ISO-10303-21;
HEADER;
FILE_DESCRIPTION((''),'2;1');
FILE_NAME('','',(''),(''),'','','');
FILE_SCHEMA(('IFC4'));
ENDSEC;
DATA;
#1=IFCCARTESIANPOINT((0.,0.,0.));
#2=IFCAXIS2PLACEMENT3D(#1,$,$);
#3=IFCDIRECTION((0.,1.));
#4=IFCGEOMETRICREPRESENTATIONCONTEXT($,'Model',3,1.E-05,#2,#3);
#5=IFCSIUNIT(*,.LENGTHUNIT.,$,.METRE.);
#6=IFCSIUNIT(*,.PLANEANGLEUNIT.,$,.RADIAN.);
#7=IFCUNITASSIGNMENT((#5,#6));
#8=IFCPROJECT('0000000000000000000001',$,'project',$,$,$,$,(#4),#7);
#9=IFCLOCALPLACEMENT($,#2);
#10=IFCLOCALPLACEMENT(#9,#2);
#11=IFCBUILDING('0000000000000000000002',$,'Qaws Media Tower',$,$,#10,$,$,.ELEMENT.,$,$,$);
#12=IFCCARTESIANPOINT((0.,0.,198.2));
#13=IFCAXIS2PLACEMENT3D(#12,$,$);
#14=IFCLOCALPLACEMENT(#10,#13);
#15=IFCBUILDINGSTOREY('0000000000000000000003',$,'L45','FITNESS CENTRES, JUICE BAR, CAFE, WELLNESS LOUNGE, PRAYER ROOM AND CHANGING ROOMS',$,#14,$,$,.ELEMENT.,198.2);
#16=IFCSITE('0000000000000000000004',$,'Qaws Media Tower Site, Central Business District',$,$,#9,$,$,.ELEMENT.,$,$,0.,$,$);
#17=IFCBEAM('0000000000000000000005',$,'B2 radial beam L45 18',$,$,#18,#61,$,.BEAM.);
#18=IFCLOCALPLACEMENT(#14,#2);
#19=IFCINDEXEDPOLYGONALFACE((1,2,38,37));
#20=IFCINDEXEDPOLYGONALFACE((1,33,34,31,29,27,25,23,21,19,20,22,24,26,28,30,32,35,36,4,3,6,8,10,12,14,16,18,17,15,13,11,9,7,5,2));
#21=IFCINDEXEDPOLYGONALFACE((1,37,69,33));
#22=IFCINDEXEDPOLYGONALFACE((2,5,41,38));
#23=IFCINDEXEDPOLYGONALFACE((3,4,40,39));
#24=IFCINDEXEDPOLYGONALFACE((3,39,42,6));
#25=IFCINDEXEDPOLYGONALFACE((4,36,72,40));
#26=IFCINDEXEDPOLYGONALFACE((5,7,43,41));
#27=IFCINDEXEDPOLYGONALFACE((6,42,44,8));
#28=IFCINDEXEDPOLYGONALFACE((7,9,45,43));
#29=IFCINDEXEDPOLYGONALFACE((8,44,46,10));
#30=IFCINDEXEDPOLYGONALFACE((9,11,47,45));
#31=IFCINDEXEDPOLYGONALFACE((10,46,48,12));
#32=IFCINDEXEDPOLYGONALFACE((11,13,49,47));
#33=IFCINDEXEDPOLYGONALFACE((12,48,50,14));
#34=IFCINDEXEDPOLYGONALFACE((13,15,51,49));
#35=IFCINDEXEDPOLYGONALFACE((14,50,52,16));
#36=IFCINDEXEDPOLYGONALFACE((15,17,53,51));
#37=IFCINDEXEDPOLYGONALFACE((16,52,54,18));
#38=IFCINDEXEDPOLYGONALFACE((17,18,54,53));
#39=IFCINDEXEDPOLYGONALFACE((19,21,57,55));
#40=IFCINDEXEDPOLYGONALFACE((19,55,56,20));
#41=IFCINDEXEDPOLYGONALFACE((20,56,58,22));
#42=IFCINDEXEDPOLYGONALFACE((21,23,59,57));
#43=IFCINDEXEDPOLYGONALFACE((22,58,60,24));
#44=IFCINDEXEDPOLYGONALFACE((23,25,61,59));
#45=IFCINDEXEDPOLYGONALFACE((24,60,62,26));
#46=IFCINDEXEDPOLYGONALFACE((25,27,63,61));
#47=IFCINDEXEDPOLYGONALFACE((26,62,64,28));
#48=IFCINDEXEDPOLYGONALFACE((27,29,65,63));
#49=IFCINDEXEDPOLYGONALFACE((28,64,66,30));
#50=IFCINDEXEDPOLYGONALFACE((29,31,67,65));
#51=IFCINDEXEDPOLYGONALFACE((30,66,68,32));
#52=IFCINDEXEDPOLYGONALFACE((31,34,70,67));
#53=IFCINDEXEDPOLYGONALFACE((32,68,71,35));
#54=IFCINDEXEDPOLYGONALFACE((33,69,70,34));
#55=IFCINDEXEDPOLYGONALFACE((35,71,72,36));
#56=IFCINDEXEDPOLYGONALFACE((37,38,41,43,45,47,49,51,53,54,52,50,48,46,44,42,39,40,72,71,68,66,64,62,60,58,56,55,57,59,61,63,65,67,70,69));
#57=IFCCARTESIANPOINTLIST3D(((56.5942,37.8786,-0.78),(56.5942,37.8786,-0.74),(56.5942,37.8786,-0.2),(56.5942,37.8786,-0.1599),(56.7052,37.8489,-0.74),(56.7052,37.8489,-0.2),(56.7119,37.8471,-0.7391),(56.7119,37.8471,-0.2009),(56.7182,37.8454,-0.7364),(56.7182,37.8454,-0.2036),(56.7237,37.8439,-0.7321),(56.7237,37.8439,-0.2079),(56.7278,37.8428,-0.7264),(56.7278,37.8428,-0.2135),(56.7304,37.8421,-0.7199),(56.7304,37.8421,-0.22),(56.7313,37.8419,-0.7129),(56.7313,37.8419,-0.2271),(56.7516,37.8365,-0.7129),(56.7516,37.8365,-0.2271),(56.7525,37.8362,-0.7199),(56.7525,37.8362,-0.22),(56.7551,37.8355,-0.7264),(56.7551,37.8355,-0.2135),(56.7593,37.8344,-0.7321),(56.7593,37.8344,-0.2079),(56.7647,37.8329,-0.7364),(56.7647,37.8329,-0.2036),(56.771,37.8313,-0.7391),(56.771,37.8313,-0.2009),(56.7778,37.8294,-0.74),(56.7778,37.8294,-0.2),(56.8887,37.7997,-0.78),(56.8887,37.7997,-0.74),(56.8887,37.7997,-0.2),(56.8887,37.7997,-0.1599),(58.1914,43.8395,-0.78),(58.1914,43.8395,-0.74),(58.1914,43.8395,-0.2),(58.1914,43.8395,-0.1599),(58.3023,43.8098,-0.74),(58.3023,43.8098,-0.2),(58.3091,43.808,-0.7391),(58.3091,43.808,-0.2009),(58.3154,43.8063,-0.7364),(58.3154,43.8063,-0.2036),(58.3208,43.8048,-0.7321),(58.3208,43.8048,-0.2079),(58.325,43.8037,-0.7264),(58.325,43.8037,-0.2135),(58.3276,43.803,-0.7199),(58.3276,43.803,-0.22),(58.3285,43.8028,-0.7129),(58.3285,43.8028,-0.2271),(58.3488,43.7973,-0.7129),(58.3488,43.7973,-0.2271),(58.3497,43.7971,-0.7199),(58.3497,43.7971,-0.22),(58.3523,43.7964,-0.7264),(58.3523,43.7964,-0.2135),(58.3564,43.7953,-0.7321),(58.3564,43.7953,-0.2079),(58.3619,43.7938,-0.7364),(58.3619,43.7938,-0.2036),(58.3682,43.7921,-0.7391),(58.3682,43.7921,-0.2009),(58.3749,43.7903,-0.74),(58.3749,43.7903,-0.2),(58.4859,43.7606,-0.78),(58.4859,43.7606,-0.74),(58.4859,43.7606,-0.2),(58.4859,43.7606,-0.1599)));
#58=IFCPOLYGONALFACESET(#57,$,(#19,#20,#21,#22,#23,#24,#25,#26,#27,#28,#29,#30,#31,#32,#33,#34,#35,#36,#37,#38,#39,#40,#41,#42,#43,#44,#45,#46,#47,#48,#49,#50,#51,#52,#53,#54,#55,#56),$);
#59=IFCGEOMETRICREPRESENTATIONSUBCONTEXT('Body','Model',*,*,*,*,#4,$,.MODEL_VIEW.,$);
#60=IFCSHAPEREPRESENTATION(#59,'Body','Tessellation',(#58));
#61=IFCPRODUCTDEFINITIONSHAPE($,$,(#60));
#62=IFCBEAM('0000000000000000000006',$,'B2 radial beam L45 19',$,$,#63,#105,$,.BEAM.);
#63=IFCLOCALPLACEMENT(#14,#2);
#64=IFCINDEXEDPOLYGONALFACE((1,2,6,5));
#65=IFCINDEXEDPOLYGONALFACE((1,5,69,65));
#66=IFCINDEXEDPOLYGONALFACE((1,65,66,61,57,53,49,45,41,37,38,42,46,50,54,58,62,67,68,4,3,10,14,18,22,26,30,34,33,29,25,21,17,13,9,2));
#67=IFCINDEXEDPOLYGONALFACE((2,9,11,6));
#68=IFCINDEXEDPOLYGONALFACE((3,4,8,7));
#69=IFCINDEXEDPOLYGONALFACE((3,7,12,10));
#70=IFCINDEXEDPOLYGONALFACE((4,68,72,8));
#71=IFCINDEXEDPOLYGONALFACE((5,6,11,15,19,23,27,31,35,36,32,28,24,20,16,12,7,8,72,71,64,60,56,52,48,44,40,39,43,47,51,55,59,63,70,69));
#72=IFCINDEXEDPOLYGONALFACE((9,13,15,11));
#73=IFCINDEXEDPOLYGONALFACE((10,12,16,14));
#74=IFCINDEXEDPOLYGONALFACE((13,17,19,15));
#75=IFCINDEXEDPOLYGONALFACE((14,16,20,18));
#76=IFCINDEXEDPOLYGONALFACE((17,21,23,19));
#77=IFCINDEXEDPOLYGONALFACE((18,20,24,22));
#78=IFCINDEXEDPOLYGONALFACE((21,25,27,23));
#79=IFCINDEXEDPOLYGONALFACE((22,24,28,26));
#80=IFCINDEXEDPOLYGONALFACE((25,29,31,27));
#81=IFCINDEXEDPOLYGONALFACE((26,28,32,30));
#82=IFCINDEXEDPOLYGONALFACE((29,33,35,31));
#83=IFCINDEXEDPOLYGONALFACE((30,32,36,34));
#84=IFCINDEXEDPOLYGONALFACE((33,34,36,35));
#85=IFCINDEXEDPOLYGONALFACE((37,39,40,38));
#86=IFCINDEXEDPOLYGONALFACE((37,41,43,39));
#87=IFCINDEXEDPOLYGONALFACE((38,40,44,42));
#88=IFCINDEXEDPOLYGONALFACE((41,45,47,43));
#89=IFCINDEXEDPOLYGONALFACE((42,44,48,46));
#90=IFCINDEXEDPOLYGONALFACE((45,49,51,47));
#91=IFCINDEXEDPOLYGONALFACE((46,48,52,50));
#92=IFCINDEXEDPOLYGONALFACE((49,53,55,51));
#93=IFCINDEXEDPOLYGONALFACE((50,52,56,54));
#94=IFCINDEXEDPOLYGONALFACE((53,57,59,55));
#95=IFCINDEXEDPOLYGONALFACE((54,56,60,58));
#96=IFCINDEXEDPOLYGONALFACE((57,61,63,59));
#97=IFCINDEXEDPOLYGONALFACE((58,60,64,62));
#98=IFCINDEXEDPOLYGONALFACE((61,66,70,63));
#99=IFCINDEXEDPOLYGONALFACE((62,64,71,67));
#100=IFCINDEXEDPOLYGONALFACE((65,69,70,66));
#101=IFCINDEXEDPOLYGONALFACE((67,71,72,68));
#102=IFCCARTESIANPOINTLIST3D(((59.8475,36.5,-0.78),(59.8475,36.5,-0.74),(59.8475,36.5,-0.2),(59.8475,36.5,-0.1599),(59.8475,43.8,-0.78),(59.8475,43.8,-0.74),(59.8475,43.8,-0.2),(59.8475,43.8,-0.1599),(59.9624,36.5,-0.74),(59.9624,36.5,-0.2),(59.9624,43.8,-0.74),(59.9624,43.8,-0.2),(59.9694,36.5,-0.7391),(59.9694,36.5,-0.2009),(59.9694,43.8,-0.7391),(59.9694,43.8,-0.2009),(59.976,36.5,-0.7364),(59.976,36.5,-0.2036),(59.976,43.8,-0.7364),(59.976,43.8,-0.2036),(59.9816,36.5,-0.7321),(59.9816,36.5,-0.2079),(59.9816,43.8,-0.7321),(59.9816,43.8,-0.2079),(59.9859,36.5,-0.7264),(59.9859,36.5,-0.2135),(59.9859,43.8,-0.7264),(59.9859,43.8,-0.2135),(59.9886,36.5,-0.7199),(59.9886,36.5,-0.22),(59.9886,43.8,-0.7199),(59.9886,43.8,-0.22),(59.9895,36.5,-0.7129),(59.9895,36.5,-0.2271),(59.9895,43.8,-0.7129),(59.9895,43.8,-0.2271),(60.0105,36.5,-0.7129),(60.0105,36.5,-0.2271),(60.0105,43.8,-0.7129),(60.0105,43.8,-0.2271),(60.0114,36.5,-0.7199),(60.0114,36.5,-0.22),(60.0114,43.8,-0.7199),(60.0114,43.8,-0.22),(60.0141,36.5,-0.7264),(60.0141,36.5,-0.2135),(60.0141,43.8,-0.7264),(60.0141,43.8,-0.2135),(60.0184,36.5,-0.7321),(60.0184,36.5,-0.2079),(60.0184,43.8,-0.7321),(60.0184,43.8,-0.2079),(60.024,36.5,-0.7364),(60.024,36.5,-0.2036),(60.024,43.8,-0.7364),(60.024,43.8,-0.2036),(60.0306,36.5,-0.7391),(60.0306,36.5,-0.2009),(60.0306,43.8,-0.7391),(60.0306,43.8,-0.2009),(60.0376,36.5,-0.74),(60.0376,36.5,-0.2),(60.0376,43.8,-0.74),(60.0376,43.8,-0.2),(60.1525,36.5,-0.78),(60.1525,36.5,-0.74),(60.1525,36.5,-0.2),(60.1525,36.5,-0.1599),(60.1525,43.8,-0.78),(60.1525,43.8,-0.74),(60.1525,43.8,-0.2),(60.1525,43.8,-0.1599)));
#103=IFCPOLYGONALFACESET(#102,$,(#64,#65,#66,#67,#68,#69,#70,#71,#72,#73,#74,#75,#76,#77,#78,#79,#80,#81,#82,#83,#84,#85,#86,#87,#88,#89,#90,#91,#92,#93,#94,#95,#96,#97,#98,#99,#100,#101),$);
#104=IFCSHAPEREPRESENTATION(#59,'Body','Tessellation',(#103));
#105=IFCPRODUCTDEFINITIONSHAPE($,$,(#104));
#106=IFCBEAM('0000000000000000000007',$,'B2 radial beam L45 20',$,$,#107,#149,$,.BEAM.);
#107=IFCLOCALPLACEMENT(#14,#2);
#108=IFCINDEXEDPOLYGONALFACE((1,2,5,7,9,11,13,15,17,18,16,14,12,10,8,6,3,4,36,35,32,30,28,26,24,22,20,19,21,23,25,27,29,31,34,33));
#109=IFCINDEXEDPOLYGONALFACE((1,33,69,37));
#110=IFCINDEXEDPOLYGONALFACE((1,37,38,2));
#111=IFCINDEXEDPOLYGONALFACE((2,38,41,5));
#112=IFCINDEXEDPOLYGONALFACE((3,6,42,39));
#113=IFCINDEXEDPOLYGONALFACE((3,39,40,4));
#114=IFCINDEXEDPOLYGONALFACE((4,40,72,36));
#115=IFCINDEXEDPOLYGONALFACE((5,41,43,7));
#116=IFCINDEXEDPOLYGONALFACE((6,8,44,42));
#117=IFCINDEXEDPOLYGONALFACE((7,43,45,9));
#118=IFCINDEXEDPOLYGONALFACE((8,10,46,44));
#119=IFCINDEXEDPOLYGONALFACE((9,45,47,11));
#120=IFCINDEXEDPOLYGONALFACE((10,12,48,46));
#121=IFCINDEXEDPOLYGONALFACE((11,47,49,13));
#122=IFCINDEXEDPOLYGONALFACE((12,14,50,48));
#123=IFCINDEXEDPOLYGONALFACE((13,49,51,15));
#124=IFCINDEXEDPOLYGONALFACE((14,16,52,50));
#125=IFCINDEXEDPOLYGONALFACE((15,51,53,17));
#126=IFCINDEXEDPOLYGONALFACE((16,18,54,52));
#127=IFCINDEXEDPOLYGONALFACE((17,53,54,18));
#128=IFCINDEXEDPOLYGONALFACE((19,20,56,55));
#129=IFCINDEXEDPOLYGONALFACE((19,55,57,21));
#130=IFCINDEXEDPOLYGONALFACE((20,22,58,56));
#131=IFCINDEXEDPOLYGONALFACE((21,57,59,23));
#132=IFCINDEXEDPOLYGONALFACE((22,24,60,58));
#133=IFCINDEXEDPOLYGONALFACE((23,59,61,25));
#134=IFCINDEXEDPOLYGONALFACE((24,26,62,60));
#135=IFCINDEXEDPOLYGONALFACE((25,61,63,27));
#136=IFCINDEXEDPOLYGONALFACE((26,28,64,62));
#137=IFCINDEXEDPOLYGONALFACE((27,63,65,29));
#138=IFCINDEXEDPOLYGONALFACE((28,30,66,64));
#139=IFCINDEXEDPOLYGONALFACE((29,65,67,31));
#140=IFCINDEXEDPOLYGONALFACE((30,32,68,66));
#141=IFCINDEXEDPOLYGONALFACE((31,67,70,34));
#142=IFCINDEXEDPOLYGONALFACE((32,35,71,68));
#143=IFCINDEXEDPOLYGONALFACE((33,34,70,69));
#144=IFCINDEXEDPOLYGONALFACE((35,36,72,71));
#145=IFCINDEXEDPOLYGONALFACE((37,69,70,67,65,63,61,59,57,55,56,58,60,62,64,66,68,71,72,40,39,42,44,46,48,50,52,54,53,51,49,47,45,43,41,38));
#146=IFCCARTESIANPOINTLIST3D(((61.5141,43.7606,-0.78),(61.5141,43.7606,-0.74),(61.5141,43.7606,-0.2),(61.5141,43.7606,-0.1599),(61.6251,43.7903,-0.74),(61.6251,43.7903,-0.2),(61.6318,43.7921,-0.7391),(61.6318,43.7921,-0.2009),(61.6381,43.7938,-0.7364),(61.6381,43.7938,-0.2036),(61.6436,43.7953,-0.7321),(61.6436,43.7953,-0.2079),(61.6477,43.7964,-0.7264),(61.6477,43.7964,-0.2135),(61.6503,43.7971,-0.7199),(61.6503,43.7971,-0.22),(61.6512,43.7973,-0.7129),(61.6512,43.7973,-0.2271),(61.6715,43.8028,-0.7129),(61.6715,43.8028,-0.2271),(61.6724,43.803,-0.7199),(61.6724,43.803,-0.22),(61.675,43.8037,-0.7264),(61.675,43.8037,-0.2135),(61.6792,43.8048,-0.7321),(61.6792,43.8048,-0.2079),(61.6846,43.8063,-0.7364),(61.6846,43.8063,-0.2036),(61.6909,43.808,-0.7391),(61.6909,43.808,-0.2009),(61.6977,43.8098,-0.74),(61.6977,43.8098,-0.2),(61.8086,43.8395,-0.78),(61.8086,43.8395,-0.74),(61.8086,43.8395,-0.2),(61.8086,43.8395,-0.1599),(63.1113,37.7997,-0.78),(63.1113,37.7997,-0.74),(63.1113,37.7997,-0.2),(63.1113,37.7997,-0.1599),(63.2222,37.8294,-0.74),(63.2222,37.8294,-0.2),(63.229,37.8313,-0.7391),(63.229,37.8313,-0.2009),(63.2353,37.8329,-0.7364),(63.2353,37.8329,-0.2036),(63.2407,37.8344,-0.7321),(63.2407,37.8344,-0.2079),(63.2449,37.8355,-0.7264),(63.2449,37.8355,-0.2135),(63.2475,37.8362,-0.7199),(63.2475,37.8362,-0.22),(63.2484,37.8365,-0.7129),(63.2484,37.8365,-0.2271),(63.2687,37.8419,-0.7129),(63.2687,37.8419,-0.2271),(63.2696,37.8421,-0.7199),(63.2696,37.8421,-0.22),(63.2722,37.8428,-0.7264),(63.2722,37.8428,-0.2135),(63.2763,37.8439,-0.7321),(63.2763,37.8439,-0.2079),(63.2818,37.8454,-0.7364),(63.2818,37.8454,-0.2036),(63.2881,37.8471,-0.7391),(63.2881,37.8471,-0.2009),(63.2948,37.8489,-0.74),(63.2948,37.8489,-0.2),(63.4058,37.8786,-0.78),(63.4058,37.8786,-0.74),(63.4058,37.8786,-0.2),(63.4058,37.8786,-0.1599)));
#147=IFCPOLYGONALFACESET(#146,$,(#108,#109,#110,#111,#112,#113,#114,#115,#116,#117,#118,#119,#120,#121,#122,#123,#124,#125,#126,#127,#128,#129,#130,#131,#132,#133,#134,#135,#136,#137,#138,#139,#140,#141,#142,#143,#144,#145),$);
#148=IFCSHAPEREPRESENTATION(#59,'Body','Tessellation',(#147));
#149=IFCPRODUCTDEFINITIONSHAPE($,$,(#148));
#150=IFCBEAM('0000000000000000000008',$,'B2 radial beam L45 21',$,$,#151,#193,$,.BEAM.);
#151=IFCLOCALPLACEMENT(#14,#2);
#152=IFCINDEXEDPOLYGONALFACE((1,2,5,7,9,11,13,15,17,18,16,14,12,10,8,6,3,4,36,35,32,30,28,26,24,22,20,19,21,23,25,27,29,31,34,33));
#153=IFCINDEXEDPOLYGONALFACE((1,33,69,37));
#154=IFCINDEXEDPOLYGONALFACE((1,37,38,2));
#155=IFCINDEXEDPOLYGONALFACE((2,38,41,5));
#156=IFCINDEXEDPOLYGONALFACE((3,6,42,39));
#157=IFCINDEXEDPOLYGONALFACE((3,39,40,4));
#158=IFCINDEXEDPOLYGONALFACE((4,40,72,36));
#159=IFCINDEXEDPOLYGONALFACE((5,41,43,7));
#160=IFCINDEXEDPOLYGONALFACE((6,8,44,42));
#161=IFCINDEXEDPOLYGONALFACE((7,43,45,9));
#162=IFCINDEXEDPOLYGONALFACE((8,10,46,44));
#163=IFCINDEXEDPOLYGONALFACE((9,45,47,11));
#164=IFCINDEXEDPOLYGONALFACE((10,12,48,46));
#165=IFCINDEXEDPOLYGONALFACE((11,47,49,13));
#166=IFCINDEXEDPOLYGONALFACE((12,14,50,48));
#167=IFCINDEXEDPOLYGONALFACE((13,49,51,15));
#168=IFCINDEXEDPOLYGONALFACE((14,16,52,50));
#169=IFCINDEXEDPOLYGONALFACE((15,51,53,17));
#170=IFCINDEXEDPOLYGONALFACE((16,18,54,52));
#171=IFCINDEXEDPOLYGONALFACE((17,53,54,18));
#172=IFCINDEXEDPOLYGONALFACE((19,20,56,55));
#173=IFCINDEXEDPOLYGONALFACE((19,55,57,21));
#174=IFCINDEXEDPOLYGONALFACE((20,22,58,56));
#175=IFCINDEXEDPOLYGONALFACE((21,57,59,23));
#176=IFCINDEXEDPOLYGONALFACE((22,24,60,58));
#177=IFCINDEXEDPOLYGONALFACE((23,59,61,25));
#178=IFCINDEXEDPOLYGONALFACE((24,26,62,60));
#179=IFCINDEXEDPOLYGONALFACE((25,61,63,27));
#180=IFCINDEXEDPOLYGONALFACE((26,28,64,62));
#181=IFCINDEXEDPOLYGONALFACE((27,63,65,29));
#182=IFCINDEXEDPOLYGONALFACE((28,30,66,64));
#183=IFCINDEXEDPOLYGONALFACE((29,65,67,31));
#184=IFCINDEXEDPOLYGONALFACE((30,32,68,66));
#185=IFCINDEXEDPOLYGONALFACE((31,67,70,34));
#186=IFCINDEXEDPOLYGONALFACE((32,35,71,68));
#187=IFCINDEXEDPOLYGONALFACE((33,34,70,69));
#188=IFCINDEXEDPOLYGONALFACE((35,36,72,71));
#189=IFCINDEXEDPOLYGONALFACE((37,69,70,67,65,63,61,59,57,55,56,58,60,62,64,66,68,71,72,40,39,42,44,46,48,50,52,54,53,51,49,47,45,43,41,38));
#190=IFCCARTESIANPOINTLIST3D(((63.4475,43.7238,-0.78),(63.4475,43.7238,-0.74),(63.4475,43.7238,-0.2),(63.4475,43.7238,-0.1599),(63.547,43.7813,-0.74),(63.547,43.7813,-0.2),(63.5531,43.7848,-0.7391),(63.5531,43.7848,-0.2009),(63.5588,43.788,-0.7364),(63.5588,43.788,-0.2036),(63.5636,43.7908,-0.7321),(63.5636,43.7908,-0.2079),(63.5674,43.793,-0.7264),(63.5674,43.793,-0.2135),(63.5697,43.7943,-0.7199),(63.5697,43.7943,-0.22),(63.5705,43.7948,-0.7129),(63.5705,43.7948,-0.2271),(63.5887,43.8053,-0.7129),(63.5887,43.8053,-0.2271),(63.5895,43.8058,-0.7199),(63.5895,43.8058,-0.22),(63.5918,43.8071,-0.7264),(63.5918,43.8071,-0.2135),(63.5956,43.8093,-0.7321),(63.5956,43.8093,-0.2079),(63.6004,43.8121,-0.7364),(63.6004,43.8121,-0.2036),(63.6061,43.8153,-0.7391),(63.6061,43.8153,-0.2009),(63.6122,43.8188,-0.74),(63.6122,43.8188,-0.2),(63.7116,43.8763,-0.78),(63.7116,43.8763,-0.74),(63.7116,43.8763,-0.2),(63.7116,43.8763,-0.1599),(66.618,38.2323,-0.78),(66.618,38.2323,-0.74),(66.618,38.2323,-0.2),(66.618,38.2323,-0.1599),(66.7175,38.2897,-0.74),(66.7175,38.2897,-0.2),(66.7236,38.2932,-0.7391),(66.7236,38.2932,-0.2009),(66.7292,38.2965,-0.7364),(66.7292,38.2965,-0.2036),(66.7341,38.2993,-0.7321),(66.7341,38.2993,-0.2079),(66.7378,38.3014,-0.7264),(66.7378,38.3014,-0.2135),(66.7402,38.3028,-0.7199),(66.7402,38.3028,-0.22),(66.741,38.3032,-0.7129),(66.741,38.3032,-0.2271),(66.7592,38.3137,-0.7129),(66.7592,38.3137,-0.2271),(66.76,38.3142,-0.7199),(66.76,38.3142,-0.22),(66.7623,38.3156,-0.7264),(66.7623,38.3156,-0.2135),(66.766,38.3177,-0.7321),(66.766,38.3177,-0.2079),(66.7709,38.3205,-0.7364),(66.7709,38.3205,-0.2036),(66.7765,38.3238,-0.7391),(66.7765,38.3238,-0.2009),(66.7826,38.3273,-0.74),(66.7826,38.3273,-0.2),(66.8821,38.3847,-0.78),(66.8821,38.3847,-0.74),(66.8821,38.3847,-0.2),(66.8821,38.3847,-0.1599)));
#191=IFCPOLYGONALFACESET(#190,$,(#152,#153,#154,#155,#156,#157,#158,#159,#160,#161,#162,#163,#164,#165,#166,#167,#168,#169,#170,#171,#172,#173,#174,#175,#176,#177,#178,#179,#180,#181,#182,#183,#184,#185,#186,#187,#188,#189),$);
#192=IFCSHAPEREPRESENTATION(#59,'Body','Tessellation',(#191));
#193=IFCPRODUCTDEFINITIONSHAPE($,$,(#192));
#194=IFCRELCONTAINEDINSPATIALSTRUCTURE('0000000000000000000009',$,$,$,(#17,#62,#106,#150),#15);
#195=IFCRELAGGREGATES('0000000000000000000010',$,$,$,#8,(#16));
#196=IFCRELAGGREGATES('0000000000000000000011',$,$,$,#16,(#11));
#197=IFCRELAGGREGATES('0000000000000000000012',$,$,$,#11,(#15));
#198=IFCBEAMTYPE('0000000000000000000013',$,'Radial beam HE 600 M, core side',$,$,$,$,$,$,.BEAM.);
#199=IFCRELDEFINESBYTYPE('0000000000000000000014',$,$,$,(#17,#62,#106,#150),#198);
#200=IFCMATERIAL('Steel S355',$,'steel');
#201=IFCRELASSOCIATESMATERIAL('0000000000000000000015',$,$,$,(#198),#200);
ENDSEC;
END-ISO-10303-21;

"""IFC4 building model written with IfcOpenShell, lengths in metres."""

from ifc_helpers import new_model, si_unit, direction, frame, origin, origin_2d, place, context, subcontext, project, spatial, i_section, extrude, material, material_profile, profile_set, type_object, element, save


model = new_model("IFC4")

# Units and contexts
model_context = context("Model", 3, precision=1e-05, world=origin(), true_north=direction((0.0, 1.0)))
body_context = subcontext(model_context, "Body", "Model", "MODEL_VIEW")
ifc_project = project(units=[si_unit("LENGTHUNIT", "METRE"), si_unit("PLANEANGLEUNIT", "RADIAN")], contexts=[model_context])

# Site, building, storey
site_placement = place(None, origin())
site = spatial("IfcSite", under=ifc_project, at=site_placement, Name="Qaws Media Tower Site, Central Business District", CompositionType="ELEMENT", RefElevation=0.0)
building_placement = place(site_placement, origin())
building = spatial("IfcBuilding", under=site, at=building_placement, Name="Qaws Media Tower", CompositionType="ELEMENT")
storey_placement = place(building_placement, frame((0.0, 0.0, 198.2)))
storey = spatial("IfcBuildingStorey", under=building, at=storey_placement, Name="L45", Description="FITNESS CENTRES, JUICE BAR, CAFE, WELLNESS LOUNGE, PRAYER ROOM AND CHANGING ROOMS", CompositionType="ELEMENT", Elevation=198.2)

# Beams
ifc_material_1 = material(Name="Steel S355", Category="steel")
ifc_material_profile_1 = material_profile(ifc_material_1, i_section(OverallWidth=0.3049, OverallDepth=0.6201, WebThickness=0.021, FlangeThickness=0.04, FilletRadius=0.0271, at=origin_2d()), Name="HE 600 M")
ifc_profile_set_1 = profile_set([ifc_material_profile_1], Name="Steel S355")
beam_type_1 = type_object("IfcBeamType", Name="Radial beam HE 600 M, core side", PredefinedType="BEAM", material=ifc_profile_set_1)
beam_1_placement = place(storey_placement, frame((58.3386, 43.8, -0.47), z_axis=(-0.25881, -0.965928, 0.0), x_axis=(0.965928, -0.25881, 0.0)))
element("IfcBeam", 1, at=beam_1_placement, inside=storey, type_object=beam_type_1, Name="B2 radial beam L45 18", PredefinedType="BEAM", context=body_context, shape_type="SweptSolid", body=[
    extrude(i_section(OverallWidth=0.3049, OverallDepth=0.6201, WebThickness=0.021, FlangeThickness=0.04, FilletRadius=0.0271, at=origin_2d()), origin(), (0.0, 0.0, 1.0), 6.1711),
])
beam_2_placement = place(storey_placement, frame((60.0, 43.8, -0.47), z_axis=(0.0, -1.0, 0.0), x_axis=(1.0, 0.0, 0.0)))
element("IfcBeam", 2, at=beam_2_placement, inside=storey, type_object=beam_type_1, Name="B2 radial beam L45 19", PredefinedType="BEAM", context=body_context, shape_type="SweptSolid", body=[
    extrude(i_section(OverallWidth=0.3049, OverallDepth=0.6201, WebThickness=0.021, FlangeThickness=0.04, FilletRadius=0.0271, at=origin_2d()), origin(), (0.0, 0.0, 1.0), 7.3),
])
beam_3_placement = place(storey_placement, frame((61.6614, 43.8, -0.47), z_axis=(0.25881, -0.965928, 0.0), x_axis=(0.965928, 0.25881, 0.0)))
element("IfcBeam", 3, at=beam_3_placement, inside=storey, type_object=beam_type_1, Name="B2 radial beam L45 20", PredefinedType="BEAM", context=body_context, shape_type="SweptSolid", body=[
    extrude(i_section(OverallWidth=0.3049, OverallDepth=0.6201, WebThickness=0.021, FlangeThickness=0.04, FilletRadius=0.0271, at=origin_2d()), origin(), (0.0, 0.0, 1.0), 6.1711),
])
beam_4_placement = place(storey_placement, frame((63.5796, 43.8, -0.47), z_axis=(0.49999, -0.866031, 0.0), x_axis=(0.866031, 0.49999, 0.0)))
element("IfcBeam", 4, at=beam_4_placement, inside=storey, type_object=beam_type_1, Name="B2 radial beam L45 21", PredefinedType="BEAM", context=body_context, shape_type="SweptSolid", body=[
    extrude(i_section(OverallWidth=0.3049, OverallDepth=0.6201, WebThickness=0.021, FlangeThickness=0.04, FilletRadius=0.0271, at=origin_2d()), origin(), (0.0, 0.0, 1.0), 6.3411),
])

save(model, "model.ifc")
